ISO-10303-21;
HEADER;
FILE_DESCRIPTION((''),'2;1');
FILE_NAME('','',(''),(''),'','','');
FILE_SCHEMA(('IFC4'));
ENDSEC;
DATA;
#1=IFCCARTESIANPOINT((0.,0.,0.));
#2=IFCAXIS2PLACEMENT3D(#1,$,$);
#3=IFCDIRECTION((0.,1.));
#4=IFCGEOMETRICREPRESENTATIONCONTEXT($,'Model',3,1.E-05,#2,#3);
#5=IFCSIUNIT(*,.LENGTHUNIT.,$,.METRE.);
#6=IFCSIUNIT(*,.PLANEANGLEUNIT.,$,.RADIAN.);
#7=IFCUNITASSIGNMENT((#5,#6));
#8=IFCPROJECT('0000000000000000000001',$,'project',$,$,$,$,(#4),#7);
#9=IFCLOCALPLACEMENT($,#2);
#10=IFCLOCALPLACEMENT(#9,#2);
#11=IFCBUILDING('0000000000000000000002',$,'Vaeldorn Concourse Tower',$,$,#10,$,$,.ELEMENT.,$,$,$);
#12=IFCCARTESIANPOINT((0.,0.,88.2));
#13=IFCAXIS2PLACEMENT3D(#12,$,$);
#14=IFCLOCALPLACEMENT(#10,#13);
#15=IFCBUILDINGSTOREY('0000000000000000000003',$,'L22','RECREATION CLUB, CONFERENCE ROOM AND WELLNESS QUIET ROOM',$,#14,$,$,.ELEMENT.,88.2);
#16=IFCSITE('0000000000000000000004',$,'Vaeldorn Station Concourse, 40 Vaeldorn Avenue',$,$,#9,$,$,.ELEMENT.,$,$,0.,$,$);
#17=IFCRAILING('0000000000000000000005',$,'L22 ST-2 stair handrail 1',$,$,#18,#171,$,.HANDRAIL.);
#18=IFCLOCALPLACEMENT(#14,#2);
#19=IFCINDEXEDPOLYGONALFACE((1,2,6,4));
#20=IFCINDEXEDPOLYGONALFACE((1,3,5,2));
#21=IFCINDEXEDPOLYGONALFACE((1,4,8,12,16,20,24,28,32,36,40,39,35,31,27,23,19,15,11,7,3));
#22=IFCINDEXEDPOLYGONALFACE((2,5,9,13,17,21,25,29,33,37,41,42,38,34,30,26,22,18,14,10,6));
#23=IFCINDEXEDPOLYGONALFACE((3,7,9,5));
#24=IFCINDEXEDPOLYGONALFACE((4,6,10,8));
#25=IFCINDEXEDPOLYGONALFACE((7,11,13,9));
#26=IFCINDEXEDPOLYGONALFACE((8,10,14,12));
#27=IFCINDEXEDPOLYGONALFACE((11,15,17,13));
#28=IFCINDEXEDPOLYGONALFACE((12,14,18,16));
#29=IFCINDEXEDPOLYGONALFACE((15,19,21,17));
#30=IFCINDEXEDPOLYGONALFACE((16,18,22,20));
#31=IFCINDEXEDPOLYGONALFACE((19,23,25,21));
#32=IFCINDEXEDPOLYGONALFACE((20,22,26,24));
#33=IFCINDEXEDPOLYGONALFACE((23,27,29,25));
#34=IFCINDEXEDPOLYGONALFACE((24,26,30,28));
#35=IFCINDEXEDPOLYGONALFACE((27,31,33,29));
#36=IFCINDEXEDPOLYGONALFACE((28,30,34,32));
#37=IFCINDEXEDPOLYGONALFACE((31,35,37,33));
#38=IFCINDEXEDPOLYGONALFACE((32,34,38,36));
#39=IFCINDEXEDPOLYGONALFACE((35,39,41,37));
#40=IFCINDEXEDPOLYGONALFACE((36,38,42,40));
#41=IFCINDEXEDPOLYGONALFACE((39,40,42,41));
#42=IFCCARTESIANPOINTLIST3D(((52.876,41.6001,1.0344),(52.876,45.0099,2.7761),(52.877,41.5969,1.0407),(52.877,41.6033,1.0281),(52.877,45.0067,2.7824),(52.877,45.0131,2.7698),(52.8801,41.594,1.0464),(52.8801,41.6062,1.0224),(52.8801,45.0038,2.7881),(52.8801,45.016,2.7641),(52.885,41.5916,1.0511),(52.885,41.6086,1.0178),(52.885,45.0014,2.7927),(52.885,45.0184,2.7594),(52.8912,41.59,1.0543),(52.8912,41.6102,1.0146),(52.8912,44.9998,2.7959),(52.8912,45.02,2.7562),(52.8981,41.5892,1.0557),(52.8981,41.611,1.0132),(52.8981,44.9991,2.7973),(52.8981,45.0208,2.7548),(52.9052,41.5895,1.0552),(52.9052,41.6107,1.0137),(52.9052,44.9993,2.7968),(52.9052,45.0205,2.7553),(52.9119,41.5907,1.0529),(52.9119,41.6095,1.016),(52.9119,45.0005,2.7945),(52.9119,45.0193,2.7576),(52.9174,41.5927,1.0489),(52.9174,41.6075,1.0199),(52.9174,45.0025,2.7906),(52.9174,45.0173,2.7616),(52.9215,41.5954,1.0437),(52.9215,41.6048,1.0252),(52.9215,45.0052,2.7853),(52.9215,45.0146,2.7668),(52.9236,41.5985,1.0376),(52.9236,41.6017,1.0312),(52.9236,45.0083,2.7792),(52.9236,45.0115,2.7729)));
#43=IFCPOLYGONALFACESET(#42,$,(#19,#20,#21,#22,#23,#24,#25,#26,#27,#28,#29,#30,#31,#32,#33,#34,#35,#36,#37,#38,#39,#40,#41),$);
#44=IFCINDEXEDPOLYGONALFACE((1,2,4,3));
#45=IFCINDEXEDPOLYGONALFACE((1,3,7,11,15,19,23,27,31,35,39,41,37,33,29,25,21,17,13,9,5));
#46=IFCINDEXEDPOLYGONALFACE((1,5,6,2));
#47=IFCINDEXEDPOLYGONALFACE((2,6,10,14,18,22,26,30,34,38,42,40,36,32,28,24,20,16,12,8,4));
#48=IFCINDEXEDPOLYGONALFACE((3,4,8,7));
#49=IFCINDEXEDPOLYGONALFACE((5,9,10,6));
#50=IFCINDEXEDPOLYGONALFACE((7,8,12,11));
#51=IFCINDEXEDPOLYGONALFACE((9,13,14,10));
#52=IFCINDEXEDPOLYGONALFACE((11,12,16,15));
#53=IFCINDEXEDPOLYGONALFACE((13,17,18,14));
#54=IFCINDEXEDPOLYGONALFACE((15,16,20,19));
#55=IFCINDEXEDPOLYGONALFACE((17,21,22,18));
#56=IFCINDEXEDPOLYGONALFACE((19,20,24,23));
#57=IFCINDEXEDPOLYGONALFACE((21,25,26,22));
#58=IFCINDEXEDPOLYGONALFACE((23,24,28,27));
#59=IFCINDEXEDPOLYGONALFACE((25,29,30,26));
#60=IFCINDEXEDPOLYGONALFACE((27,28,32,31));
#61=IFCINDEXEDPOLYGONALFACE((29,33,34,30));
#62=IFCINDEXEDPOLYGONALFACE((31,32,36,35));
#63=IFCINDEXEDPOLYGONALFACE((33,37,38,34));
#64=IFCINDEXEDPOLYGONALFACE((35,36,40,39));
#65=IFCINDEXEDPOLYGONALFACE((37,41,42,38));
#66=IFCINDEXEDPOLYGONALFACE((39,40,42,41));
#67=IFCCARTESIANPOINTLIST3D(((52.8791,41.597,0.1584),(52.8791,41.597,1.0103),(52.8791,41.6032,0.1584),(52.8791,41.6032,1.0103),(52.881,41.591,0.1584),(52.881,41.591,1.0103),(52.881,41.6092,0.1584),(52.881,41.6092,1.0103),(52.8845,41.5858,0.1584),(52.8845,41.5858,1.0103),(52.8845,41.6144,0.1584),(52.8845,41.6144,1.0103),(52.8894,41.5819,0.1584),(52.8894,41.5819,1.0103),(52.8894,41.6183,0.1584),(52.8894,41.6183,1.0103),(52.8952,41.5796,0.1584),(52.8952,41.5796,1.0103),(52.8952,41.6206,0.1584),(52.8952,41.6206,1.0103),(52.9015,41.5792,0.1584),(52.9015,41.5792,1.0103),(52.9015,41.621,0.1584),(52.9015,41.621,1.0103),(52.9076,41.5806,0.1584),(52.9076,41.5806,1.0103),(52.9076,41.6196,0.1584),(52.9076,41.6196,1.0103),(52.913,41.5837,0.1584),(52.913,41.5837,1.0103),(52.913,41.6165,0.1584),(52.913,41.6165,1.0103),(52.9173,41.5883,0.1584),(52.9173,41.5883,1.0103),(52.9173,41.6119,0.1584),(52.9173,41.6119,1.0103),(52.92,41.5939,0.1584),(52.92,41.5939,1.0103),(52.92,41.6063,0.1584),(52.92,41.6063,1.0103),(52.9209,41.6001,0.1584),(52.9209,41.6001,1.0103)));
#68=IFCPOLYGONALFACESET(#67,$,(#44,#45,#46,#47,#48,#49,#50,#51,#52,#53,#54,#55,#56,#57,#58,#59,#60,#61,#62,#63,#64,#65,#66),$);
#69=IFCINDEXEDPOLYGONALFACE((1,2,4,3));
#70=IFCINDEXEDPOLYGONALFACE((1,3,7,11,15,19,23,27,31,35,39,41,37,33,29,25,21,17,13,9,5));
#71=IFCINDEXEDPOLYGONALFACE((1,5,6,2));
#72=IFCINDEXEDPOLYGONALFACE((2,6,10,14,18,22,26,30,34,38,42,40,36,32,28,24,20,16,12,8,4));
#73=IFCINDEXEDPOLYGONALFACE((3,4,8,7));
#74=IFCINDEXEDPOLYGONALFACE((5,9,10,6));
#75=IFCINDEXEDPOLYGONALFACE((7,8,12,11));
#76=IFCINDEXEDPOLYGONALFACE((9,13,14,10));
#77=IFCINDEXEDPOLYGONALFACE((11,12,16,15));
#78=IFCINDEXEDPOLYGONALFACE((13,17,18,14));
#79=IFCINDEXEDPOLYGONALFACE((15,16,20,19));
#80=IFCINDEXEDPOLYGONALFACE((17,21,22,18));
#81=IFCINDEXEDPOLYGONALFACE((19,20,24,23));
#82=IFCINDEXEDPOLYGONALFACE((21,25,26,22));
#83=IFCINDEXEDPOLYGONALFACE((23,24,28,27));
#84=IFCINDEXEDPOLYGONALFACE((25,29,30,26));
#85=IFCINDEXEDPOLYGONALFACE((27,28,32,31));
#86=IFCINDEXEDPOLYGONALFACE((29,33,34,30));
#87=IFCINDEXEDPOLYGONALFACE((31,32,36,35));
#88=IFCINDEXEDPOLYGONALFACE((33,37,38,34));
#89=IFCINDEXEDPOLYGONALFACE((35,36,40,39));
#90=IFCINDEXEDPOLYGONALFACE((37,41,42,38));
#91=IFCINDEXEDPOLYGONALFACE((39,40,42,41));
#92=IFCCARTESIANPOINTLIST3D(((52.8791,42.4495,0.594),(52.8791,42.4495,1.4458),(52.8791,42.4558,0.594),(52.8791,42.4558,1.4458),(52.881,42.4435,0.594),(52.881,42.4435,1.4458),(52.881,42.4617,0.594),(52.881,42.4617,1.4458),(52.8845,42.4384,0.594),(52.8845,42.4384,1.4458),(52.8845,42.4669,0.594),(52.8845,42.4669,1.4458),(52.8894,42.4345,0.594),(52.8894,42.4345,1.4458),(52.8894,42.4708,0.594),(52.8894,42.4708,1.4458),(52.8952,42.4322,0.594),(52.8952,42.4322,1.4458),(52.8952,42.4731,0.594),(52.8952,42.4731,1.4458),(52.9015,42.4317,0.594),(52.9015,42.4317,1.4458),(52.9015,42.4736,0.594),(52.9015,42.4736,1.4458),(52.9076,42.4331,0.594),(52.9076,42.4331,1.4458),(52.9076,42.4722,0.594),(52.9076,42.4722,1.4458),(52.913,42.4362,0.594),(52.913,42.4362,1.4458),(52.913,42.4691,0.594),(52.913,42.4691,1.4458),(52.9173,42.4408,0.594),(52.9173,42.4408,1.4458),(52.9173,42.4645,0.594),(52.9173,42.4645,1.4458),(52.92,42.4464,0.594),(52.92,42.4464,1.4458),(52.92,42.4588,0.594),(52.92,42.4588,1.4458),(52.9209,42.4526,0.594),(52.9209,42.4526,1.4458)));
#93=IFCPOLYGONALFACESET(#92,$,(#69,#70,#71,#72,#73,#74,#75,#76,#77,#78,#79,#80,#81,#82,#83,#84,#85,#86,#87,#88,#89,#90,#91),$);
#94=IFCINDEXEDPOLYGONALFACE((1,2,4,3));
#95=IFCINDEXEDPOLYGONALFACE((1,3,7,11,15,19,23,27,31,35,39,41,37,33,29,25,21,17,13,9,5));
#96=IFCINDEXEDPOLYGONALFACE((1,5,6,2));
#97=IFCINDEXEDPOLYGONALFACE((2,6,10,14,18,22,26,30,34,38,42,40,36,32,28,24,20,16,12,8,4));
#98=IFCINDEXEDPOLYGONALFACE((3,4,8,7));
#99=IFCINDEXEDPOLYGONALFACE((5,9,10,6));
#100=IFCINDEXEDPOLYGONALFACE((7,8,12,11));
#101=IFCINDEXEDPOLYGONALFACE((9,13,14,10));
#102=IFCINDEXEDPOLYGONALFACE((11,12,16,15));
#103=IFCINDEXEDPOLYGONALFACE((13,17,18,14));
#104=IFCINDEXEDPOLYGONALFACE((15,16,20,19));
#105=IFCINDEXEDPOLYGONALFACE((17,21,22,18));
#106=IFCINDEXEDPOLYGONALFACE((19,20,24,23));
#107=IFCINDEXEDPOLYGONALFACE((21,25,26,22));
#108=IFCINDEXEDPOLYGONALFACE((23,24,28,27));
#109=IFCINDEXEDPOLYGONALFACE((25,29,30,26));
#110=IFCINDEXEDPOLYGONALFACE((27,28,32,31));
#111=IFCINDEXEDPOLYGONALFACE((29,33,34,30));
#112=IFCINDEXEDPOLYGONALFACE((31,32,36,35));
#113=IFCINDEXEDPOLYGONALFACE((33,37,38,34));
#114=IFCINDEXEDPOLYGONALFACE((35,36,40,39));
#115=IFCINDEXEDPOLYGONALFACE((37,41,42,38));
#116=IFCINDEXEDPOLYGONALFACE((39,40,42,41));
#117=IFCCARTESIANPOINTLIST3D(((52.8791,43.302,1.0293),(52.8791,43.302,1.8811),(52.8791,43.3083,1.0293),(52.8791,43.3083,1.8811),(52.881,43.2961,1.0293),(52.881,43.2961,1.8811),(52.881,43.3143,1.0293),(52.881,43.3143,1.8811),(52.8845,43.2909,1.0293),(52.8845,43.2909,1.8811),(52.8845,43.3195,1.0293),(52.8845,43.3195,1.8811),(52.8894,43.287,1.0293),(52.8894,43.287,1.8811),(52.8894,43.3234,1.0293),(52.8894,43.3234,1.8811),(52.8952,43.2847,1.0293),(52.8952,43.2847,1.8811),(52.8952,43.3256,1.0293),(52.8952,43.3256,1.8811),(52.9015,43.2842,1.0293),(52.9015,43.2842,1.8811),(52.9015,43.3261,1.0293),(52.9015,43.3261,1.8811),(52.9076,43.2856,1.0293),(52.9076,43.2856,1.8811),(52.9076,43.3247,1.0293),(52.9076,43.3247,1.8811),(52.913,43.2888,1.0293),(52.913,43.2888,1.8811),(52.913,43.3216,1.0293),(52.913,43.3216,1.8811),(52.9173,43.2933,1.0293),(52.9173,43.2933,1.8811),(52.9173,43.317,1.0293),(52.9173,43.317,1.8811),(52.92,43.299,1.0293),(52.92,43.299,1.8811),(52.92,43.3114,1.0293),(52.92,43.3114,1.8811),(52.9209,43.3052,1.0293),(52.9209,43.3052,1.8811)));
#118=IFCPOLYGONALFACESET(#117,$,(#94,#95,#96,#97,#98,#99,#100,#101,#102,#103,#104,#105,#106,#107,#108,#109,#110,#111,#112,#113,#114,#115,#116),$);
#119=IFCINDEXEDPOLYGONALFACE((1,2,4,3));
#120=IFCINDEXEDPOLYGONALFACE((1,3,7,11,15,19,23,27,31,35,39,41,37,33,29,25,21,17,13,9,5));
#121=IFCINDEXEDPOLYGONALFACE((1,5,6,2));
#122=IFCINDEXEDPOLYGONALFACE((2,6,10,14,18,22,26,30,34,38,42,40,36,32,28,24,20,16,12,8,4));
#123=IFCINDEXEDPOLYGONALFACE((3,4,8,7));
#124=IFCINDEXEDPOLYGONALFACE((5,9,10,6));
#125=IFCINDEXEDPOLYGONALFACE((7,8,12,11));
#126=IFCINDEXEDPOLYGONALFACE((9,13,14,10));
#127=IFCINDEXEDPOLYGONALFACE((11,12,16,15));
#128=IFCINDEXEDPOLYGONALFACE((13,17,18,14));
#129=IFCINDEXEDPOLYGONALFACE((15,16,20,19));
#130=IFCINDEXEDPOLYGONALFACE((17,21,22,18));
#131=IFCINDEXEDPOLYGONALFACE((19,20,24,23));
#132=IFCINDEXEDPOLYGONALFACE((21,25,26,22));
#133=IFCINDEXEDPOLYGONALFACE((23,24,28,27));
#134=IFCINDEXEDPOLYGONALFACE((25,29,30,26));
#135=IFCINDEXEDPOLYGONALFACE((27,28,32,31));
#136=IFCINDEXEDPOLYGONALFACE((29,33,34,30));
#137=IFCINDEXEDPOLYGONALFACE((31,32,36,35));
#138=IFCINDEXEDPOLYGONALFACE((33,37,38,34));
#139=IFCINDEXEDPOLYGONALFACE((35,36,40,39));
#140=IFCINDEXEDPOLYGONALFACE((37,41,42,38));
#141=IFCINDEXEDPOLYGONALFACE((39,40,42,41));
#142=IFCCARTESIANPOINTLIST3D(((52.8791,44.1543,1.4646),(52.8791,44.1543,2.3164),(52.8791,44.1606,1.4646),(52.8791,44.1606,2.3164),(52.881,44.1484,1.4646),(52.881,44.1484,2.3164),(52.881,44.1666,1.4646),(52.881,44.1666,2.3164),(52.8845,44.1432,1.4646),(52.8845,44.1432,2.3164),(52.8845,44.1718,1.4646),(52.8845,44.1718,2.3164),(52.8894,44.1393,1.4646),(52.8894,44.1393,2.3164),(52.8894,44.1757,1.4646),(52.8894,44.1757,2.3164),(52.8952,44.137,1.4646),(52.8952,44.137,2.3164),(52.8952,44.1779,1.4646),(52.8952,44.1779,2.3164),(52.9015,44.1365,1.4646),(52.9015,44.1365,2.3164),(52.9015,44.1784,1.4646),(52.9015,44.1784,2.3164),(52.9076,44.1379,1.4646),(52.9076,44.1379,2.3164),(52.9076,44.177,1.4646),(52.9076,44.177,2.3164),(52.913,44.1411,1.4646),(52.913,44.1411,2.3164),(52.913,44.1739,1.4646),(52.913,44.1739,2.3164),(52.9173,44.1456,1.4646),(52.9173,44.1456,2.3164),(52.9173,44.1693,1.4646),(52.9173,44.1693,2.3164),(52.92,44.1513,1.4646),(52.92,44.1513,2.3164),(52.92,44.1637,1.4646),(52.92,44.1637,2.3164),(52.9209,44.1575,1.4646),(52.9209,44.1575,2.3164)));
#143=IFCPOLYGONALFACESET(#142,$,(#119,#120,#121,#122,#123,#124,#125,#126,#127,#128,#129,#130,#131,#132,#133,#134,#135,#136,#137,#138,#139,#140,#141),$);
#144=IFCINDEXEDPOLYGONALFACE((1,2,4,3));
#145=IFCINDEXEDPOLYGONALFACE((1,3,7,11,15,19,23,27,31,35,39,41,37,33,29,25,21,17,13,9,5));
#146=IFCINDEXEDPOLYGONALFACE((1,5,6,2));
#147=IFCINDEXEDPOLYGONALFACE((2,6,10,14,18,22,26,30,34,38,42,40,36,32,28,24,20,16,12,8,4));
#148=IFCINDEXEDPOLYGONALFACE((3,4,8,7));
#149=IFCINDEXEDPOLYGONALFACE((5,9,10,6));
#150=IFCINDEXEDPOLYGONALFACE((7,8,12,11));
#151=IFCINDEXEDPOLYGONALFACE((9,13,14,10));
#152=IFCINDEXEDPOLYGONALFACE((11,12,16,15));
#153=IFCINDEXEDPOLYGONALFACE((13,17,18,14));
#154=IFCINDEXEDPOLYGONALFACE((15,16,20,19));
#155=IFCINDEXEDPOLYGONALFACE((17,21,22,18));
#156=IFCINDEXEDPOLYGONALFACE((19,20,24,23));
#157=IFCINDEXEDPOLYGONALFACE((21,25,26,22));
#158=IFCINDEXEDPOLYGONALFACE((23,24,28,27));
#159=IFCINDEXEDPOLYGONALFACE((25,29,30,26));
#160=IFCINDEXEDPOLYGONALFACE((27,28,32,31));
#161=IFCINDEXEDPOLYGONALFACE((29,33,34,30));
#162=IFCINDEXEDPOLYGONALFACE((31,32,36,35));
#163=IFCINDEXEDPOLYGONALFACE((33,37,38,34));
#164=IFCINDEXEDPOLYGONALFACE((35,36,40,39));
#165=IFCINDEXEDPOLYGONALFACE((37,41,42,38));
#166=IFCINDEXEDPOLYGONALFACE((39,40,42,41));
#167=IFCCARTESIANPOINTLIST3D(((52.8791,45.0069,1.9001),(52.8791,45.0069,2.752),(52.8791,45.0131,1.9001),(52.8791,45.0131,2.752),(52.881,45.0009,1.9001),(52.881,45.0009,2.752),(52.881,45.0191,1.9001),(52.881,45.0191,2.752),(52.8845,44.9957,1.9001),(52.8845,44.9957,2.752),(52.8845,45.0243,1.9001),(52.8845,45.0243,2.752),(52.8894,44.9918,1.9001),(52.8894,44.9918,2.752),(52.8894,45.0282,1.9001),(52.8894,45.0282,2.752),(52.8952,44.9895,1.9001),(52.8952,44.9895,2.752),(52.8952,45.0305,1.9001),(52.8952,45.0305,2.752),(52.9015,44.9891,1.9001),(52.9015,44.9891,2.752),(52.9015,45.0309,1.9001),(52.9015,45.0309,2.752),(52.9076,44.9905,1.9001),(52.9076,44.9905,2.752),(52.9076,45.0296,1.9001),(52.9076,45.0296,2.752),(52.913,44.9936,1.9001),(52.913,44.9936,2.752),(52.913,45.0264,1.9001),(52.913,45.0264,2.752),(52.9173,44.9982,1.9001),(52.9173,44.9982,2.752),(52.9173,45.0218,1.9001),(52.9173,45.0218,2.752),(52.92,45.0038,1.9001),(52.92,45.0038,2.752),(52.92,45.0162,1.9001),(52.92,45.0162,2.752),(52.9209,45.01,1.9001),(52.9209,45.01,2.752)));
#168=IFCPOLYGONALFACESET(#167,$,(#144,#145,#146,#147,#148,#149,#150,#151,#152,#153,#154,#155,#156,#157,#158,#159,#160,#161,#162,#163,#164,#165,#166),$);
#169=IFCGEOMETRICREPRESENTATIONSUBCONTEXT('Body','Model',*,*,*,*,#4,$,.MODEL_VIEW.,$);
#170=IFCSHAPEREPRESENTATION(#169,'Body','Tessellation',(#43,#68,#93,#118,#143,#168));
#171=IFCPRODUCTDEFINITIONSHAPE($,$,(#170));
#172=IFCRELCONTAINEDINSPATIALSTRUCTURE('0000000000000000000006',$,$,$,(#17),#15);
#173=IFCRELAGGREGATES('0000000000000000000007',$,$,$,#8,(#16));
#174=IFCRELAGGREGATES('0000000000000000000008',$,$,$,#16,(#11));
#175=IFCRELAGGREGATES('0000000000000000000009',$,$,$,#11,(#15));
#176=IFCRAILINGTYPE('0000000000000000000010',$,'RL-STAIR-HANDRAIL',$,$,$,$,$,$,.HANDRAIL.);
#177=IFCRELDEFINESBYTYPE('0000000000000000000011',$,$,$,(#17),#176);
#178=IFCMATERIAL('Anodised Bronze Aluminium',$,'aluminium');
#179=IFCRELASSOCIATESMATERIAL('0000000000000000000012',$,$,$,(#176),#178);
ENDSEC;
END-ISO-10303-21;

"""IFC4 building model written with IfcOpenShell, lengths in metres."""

from ifc_helpers import new_model, si_unit, direction, frame, origin, origin_2d, place, context, subcontext, project, spatial, circle, extrude, material, type_object, element, save


model = new_model("IFC4")

# Units and contexts
model_context = context("Model", 3, precision=1e-05, world=origin(), true_north=direction((0.0, 1.0)))
body_context = subcontext(model_context, "Body", "Model", "MODEL_VIEW")
ifc_project = project(units=[si_unit("LENGTHUNIT", "METRE"), si_unit("PLANEANGLEUNIT", "RADIAN")], contexts=[model_context])

# Site, building, storey
site_placement = place(None, origin())
site = spatial("IfcSite", under=ifc_project, at=site_placement, Name="Vaeldorn Station Concourse, 40 Vaeldorn Avenue", CompositionType="ELEMENT", RefElevation=0.0)
building_placement = place(site_placement, origin())
building = spatial("IfcBuilding", under=site, at=building_placement, Name="Vaeldorn Concourse Tower", CompositionType="ELEMENT")
storey_placement = place(building_placement, frame((0.0, 0.0, 88.2)))
storey = spatial("IfcBuildingStorey", under=building, at=storey_placement, Name="L22", Description="RECREATION CLUB, CONFERENCE ROOM AND WELLNESS QUIET ROOM", CompositionType="ELEMENT", Elevation=88.2)

# Shared definitions
ifc_material_1 = material(Name="Anodised Bronze Aluminium", Category="aluminium")

# Railing
railing_type_1 = type_object("IfcRailingType", Name="RL-STAIR-HANDRAIL", PredefinedType="HANDRAIL", material=ifc_material_1)
railing_1_placement = place(storey_placement, frame((52.8999, 41.6001, 0.1584)))
element("IfcRailing", 1, at=railing_1_placement, inside=storey, type_object=railing_type_1, Name="L22 ST-2 stair handrail 1", PredefinedType="HANDRAIL", context=body_context, shape_type="SweptSolid", body=[
    extrude(circle(Radius=0.0239, at=origin_2d()), frame((0.0, 0.0, 0.876), z_axis=(0.0, 0.890556, 0.454874), x_axis=(-1.0, 0.0, 0.0)), (0.0, 0.0, 1.0), 3.8289),
    extrude(circle(Radius=0.021, at=origin_2d()), origin(), (0.0, 0.0, 1.0), 0.8518),
    extrude(circle(Radius=0.021, at=origin_2d()), frame((0.0, 0.8525, 0.4355)), (0.0, 0.0, 1.0), 0.8518),
    extrude(circle(Radius=0.021, at=origin_2d()), frame((0.0, 1.7051, 0.8708)), (0.0, 0.0, 1.0), 0.8518),
    extrude(circle(Radius=0.021, at=origin_2d()), frame((0.0, 2.5574, 1.3062)), (0.0, 0.0, 1.0), 0.8518),
    extrude(circle(Radius=0.021, at=origin_2d()), frame((0.0, 3.4099, 1.7417)), (0.0, 0.0, 1.0), 0.8518),
])

save(model, "model.ifc")
